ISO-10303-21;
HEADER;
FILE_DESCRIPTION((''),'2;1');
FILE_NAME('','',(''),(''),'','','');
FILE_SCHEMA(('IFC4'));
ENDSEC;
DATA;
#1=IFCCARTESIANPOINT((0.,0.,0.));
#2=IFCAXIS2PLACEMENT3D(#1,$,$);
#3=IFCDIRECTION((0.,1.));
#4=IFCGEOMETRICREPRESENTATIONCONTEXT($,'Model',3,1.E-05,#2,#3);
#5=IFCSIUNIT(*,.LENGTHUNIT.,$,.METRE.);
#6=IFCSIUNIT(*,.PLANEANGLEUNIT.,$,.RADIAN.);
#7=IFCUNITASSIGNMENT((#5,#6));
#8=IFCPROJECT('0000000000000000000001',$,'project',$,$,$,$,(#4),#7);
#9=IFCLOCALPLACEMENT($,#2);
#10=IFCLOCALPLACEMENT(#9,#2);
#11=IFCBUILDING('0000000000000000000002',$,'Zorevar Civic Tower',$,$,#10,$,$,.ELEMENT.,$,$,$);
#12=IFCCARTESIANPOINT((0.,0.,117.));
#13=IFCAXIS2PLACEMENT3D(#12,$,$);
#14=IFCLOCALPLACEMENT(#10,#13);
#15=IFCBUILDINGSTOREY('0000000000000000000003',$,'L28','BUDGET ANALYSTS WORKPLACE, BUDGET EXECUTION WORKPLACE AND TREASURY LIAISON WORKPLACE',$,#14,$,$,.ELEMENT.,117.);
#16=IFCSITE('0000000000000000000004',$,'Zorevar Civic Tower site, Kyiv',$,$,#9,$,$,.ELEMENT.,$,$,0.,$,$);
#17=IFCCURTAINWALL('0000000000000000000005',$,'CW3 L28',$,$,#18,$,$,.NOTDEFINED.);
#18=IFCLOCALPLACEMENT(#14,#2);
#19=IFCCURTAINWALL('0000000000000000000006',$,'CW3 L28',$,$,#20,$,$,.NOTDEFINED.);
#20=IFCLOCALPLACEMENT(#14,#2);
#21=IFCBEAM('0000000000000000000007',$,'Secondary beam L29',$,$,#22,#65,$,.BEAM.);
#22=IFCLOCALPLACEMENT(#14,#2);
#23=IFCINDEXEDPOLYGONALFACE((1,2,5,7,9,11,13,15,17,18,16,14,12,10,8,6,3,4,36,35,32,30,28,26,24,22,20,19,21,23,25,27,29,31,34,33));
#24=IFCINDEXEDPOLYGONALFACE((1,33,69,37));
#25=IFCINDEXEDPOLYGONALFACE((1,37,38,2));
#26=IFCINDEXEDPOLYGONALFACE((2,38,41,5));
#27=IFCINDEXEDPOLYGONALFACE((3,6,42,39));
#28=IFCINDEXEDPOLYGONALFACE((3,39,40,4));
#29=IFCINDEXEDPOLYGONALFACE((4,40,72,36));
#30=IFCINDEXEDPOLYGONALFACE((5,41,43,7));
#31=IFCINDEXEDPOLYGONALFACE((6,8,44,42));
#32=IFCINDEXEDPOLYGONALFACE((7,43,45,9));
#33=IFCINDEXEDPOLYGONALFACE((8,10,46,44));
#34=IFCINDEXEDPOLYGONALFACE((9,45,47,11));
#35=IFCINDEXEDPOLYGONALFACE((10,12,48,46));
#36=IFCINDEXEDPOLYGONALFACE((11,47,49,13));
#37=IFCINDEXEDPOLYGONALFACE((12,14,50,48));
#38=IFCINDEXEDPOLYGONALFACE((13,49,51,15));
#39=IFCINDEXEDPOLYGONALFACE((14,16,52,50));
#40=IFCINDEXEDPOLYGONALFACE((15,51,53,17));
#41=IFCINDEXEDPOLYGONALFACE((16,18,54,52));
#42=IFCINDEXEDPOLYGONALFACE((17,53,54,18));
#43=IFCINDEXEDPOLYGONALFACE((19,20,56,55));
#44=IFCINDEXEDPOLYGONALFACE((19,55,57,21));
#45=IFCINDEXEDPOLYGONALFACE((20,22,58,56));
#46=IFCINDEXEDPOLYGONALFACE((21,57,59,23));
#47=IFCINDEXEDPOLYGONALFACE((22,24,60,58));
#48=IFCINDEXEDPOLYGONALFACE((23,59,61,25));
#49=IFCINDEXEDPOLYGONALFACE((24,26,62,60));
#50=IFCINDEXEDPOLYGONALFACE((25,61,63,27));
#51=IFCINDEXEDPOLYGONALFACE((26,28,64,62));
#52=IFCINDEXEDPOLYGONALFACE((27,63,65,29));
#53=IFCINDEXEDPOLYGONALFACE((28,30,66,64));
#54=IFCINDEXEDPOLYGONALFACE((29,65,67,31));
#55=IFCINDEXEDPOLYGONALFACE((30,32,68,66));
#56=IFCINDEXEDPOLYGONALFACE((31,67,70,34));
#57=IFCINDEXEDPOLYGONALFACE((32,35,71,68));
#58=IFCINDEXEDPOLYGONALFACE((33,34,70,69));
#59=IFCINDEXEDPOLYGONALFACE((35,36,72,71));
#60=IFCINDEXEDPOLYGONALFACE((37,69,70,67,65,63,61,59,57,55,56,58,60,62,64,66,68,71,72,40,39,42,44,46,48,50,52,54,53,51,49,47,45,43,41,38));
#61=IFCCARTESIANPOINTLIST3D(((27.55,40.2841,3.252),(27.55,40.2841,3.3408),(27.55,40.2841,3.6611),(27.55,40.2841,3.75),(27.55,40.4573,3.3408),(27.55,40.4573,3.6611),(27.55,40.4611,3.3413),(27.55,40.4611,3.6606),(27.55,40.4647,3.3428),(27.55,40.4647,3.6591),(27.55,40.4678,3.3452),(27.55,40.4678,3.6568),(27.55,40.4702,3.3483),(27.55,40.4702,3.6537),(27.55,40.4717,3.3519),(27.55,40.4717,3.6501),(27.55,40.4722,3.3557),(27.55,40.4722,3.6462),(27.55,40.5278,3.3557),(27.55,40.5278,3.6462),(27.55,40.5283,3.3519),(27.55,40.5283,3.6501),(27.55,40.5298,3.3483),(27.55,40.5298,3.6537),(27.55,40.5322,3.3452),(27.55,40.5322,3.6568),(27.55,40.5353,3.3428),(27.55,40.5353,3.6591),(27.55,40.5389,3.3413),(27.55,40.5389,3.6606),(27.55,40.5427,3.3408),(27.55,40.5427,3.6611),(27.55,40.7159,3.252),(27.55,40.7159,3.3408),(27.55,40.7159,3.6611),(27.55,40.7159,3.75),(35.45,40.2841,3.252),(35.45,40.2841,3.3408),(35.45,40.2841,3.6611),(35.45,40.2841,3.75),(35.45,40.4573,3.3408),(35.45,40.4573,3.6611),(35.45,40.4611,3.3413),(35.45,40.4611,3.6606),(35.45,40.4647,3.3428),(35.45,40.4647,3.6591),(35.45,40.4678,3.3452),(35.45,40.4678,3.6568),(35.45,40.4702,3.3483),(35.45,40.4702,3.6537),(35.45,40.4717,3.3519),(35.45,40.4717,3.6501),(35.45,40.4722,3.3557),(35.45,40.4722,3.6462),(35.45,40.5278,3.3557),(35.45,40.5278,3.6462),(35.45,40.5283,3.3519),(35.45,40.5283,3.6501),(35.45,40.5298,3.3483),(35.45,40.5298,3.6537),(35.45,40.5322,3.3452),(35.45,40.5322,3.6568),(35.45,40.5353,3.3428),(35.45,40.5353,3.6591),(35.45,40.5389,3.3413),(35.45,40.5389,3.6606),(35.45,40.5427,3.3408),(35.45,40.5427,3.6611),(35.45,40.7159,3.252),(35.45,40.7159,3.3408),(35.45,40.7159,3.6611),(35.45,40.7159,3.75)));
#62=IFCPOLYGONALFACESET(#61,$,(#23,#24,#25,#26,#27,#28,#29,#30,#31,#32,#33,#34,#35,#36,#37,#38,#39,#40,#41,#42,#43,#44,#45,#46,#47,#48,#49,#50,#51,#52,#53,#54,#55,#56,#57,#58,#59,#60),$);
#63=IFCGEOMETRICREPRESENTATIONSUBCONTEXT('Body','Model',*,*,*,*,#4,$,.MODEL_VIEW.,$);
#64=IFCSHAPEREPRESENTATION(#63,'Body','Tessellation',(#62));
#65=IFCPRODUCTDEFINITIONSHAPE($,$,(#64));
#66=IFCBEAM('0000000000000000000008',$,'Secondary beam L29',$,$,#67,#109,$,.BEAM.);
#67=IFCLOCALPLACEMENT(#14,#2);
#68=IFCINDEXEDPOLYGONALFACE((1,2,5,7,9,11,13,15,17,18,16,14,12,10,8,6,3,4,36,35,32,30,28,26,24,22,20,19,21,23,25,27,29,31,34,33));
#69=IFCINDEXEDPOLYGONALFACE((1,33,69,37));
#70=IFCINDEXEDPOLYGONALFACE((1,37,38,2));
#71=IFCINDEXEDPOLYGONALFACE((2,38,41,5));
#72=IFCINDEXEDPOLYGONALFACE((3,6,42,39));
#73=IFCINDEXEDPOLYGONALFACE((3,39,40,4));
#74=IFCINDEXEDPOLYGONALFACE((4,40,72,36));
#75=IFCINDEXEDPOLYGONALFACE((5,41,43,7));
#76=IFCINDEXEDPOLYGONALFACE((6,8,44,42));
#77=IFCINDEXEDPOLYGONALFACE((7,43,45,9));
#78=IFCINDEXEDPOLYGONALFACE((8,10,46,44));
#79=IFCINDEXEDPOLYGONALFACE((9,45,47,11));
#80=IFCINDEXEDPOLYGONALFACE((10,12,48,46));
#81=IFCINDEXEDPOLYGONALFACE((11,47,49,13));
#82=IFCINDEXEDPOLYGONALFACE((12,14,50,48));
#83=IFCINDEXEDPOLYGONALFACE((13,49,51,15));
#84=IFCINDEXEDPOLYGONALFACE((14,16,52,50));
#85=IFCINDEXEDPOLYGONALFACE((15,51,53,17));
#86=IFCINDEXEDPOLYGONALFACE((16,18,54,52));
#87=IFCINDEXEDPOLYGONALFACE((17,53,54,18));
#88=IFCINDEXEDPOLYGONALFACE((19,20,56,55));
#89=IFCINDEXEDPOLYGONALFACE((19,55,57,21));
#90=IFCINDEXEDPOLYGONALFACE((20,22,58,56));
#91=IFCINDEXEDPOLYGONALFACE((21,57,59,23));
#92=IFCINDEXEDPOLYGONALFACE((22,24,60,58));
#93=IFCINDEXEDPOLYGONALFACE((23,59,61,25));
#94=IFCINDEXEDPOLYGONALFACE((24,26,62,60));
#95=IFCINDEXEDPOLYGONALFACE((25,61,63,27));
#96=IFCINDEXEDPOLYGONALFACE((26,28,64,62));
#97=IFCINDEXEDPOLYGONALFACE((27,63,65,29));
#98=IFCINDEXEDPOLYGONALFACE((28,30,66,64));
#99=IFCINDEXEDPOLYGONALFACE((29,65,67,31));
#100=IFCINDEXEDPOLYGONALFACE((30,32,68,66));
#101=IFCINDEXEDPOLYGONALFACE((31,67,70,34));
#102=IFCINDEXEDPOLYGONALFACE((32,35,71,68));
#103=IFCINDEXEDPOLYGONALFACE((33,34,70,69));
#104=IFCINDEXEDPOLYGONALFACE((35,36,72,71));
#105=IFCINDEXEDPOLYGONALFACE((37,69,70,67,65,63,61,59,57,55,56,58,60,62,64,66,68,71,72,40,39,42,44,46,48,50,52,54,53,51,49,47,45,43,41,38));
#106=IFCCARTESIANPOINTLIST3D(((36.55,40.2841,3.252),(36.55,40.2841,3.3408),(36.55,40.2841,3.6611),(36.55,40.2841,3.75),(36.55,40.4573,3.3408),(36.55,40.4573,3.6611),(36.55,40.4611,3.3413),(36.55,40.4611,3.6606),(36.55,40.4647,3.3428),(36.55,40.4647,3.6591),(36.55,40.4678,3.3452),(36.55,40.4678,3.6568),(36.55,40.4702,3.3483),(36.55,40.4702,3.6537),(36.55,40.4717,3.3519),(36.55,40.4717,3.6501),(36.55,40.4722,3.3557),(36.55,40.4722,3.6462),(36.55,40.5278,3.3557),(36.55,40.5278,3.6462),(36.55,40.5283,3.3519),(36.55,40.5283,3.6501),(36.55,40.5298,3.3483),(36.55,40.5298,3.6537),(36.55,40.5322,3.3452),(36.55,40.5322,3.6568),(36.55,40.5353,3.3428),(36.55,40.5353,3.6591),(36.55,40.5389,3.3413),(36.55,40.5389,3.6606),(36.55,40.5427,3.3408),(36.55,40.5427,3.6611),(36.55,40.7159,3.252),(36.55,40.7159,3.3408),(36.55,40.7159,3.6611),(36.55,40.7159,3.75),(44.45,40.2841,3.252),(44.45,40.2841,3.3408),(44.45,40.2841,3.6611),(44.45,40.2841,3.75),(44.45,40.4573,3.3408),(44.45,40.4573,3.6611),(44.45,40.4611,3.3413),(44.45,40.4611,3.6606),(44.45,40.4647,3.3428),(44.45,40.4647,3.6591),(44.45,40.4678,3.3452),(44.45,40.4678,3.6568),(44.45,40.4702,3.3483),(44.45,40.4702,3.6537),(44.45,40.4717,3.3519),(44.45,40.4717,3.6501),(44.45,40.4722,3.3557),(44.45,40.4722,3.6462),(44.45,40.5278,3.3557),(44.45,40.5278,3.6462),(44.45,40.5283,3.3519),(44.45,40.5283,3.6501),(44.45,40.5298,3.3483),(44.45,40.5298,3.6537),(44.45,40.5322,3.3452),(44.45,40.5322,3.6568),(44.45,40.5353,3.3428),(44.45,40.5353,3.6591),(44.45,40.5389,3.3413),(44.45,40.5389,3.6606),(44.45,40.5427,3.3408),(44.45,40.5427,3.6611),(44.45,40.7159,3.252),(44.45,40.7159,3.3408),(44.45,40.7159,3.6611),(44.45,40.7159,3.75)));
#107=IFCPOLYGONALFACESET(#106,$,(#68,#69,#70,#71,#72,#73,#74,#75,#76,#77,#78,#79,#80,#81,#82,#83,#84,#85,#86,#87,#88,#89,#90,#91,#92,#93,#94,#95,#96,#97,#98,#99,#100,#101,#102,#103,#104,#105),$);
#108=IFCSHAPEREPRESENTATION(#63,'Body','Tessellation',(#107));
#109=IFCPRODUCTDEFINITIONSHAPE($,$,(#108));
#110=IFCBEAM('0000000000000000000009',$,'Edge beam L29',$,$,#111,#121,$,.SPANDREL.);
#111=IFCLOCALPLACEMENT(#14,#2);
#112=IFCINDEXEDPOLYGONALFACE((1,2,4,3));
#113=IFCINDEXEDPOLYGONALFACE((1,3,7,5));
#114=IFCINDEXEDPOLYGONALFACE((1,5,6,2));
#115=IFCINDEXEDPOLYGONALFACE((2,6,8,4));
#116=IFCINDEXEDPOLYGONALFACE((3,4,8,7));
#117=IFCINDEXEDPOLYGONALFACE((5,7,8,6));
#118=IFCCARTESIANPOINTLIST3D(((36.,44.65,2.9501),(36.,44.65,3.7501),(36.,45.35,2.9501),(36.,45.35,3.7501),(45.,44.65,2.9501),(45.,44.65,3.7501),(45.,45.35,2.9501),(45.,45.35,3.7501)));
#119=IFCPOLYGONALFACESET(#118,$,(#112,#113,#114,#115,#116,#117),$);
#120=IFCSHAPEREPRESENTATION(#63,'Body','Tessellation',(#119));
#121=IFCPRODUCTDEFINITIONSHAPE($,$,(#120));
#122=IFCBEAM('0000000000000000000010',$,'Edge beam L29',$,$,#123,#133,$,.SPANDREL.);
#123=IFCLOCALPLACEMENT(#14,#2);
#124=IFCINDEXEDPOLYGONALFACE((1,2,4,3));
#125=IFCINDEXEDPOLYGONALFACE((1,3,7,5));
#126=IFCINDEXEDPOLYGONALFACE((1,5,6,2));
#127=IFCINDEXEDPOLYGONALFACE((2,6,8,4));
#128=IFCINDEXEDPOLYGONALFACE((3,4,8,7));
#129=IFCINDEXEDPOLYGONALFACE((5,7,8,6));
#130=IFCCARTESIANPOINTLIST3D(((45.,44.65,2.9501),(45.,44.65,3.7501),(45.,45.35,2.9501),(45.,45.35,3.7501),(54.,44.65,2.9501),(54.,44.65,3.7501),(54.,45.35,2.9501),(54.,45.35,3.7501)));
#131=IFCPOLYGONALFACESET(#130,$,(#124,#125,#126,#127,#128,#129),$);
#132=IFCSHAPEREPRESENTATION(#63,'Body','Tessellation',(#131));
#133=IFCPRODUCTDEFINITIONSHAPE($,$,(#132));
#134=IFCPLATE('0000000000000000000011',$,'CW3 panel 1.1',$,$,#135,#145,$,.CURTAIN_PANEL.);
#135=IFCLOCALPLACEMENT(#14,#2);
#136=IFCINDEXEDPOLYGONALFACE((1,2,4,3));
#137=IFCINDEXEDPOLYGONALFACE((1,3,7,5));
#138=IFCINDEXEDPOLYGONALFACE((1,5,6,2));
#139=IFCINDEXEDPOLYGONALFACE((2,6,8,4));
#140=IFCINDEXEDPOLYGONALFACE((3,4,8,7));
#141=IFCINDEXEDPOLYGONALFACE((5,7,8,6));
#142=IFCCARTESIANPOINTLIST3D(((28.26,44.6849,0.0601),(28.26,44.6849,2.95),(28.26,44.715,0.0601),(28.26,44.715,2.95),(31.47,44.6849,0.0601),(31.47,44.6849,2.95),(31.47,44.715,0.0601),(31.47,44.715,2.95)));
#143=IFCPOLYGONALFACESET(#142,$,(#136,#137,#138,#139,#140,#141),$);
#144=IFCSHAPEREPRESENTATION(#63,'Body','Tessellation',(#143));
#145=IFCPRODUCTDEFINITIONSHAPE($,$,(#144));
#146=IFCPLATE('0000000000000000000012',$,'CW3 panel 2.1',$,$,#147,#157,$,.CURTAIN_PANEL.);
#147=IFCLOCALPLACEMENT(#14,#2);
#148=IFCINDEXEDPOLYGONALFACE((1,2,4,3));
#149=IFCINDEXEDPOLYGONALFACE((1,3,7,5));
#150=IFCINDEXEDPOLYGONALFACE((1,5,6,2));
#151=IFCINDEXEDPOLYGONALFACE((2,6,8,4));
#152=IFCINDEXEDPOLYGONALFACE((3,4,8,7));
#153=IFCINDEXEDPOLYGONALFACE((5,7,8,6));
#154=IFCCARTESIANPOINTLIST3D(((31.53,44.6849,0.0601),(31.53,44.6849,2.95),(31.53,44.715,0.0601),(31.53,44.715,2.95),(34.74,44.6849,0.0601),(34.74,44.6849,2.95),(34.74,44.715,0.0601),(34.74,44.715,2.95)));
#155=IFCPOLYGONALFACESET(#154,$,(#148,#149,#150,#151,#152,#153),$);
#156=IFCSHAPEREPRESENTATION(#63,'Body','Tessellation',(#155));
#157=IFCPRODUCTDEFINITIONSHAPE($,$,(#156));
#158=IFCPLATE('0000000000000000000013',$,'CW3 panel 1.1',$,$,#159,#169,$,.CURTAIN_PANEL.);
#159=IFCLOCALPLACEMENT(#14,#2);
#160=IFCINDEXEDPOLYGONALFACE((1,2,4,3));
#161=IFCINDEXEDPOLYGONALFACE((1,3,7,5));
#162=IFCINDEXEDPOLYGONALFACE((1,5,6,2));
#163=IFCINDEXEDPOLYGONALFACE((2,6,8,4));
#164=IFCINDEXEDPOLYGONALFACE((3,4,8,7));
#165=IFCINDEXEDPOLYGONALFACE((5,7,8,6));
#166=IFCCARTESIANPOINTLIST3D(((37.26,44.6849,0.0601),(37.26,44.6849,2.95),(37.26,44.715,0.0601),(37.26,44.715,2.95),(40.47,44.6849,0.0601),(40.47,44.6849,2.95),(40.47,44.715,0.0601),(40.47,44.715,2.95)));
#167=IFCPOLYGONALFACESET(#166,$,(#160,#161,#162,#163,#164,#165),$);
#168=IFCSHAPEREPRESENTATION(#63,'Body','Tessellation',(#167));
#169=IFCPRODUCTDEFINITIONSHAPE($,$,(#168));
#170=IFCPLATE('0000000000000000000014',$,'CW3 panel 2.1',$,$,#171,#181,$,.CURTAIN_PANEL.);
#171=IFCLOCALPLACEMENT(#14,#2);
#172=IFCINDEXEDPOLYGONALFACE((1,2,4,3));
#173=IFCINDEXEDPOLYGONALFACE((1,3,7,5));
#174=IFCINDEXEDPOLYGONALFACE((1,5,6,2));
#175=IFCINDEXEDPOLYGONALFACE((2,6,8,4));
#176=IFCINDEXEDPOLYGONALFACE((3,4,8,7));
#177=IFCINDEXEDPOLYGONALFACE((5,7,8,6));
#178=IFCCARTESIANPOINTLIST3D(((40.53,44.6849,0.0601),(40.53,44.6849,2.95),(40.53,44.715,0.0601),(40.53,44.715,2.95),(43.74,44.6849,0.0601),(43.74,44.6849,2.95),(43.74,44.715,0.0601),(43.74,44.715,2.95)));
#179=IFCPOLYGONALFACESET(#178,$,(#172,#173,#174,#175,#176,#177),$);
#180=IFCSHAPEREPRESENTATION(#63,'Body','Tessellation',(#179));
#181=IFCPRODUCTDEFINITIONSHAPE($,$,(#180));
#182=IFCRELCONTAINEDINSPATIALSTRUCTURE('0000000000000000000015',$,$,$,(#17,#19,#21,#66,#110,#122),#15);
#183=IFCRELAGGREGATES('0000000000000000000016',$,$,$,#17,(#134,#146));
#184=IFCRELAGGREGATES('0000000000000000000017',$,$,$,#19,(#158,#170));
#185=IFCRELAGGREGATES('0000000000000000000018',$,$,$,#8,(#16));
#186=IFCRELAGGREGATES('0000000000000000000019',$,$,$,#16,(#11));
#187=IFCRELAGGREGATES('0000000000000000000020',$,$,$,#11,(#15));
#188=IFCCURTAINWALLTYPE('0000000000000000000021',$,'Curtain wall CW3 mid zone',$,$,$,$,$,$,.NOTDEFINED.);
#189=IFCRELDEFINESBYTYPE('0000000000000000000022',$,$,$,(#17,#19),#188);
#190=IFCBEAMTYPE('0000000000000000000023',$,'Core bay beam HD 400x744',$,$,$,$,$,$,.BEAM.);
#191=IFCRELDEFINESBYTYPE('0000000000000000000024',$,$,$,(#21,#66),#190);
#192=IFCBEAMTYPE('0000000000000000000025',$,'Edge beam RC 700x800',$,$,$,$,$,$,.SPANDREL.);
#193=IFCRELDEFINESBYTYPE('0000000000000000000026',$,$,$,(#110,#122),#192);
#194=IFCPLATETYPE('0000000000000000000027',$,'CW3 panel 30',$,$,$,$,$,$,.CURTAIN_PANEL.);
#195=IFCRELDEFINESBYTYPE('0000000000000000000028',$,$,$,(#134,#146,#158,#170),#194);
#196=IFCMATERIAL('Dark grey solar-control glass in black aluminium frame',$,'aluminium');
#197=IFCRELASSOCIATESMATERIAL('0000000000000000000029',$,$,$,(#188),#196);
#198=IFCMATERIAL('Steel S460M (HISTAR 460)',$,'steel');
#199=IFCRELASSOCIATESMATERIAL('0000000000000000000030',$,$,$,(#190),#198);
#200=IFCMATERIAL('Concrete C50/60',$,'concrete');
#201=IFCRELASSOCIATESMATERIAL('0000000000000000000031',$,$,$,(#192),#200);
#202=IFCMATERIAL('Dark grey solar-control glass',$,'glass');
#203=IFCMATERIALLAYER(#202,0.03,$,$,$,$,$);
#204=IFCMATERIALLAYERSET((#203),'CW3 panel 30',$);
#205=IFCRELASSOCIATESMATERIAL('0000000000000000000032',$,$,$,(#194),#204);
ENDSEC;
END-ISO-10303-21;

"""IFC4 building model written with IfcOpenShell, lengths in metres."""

from ifc_helpers import new_model, si_unit, direction, frame, origin, origin_2d, place, context, subcontext, project, spatial, rectangle, i_section, extrude, material, layer, layer_set, material_profile, profile_set, type_object, element, aggregate, save


model = new_model("IFC4")

# Units and contexts
model_context = context("Model", 3, precision=1e-05, world=origin(), true_north=direction((0.0, 1.0)))
body_context = subcontext(model_context, "Body", "Model", "MODEL_VIEW")
ifc_project = project(units=[si_unit("LENGTHUNIT", "METRE"), si_unit("PLANEANGLEUNIT", "RADIAN")], contexts=[model_context])

# Site, building, storey
site_placement = place(None, origin())
site = spatial("IfcSite", under=ifc_project, at=site_placement, Name="Zorevar Civic Tower site, Kyiv", CompositionType="ELEMENT", RefElevation=0.0)
building_placement = place(site_placement, origin())
building = spatial("IfcBuilding", under=site, at=building_placement, Name="Zorevar Civic Tower", CompositionType="ELEMENT")
storey_placement = place(building_placement, frame((0.0, 0.0, 117.0)))
storey = spatial("IfcBuildingStorey", under=building, at=storey_placement, Name="L28", Description="BUDGET ANALYSTS WORKPLACE, BUDGET EXECUTION WORKPLACE AND TREASURY LIAISON WORKPLACE", CompositionType="ELEMENT", Elevation=117.0)

# Curtain walls
ifc_material_1 = material(Name="Dark grey solar-control glass in black aluminium frame", Category="aluminium")
curtain_wall_type = type_object("IfcCurtainWallType", Name="Curtain wall CW3 mid zone", PredefinedType="NOTDEFINED", material=ifc_material_1)
curtain_wall_1_placement = place(storey_placement, origin())
curtain_wall_1 = element("IfcCurtainWall", 1, at=curtain_wall_1_placement, inside=storey, type_object=curtain_wall_type, Name="CW3 L28", PredefinedType="NOTDEFINED")
curtain_wall_2_placement = place(storey_placement, origin())
curtain_wall_2 = element("IfcCurtainWall", 2, at=curtain_wall_2_placement, inside=storey, type_object=curtain_wall_type, Name="CW3 L28", PredefinedType="NOTDEFINED")

# Beams
ifc_material_2 = material(Name="Steel S460M (HISTAR 460)", Category="steel")
ifc_material_profile_1 = material_profile(ifc_material_2, i_section(OverallWidth=0.4319, OverallDepth=0.498, WebThickness=0.0557, FlangeThickness=0.0889, FilletRadius=0.0149, at=origin_2d()), Name="HD 400x744")
ifc_profile_set_1 = profile_set([ifc_material_profile_1], Name="Steel S460M (HISTAR 460)")
beam_type_1 = type_object("IfcBeamType", Name="Core bay beam HD 400x744", PredefinedType="BEAM", material=ifc_profile_set_1)
for number, where, z_axis, x_axis, name in (
    (3, (27.55, 40.5, 3.501), (1.0, 0.0, 0.0), (0.0, 1.0, 0.0), "Secondary beam L29"),
    (4, (36.55, 40.5, 3.501), (1.0, 0.0, 0.0), (0.0, 1.0, 0.0), "Secondary beam L29"),
):
    element("IfcBeam", number, at=place(storey_placement, frame(where, z_axis=z_axis, x_axis=x_axis)), inside=storey, type_object=beam_type_1, Name=name, PredefinedType="BEAM", context=body_context, shape_type="SweptSolid", body=[
        extrude(i_section(OverallWidth=0.4319, OverallDepth=0.498, WebThickness=0.0557, FlangeThickness=0.0889, FilletRadius=0.0149, at=origin_2d()), origin(), (0.0, 0.0, 1.0), 7.8999),
    ])
ifc_material_3 = material(Name="Concrete C50/60", Category="concrete")
ifc_material_profile_2 = material_profile(ifc_material_3, rectangle(XDim=0.7, YDim=0.8, at=origin_2d()), Name="RC 700x800")
ifc_profile_set_2 = profile_set([ifc_material_profile_2], Name="Concrete C50/60")
beam_type_2 = type_object("IfcBeamType", Name="Edge beam RC 700x800", PredefinedType="SPANDREL", material=ifc_profile_set_2)
for number, where, z_axis, x_axis, name in (
    (5, (36.0, 45.0, 3.3501), (1.0, 0.0, 0.0), (0.0, 1.0, 0.0), "Edge beam L29"),
    (6, (45.0, 45.0, 3.3501), (1.0, 0.0, 0.0), (0.0, 1.0, 0.0), "Edge beam L29"),
):
    element("IfcBeam", number, at=place(storey_placement, frame(where, z_axis=z_axis, x_axis=x_axis)), inside=storey, type_object=beam_type_2, Name=name, PredefinedType="SPANDREL", context=body_context, shape_type="SweptSolid", body=[
        extrude(rectangle(XDim=0.7, YDim=0.8, at=origin_2d()), origin(), (0.0, 0.0, 1.0), 9.0),
    ])

# Plates
ifc_material_4 = material(Name="Dark grey solar-control glass", Category="glass")
ifc_layer_1 = layer(ifc_material_4, 0.03)
ifc_layer_set_1 = layer_set([ifc_layer_1], Name="CW3 panel 30")
plate_type = type_object("IfcPlateType", Name="CW3 panel 30", PredefinedType="CURTAIN_PANEL", material=ifc_layer_set_1)
plate_1_placement = place(storey_placement, frame((29.865, 44.7, 0.0601), z_axis=(0.0, 0.0, 1.0), x_axis=(1.0, 0.0, 0.0)))
plate_1 = element("IfcPlate", 7, at=plate_1_placement, type_object=plate_type, Name="CW3 panel 1.1", PredefinedType="CURTAIN_PANEL", context=body_context, shape_type="SweptSolid", body=[
    extrude(rectangle(XDim=3.21, YDim=0.03, at=origin_2d()), origin(), (0.0, 0.0, 1.0), 2.8899),
])
plate_2_placement = place(storey_placement, frame((33.135, 44.7, 0.0601), z_axis=(0.0, 0.0, 1.0), x_axis=(1.0, 0.0, 0.0)))
plate_2 = element("IfcPlate", 8, at=plate_2_placement, type_object=plate_type, Name="CW3 panel 2.1", PredefinedType="CURTAIN_PANEL", context=body_context, shape_type="SweptSolid", body=[
    extrude(rectangle(XDim=3.21, YDim=0.03, at=origin_2d()), origin(), (0.0, 0.0, 1.0), 2.8899),
])
aggregate(curtain_wall_1, [plate_1, plate_2])
plate_3_placement = place(storey_placement, frame((38.865, 44.7, 0.0601), z_axis=(0.0, 0.0, 1.0), x_axis=(1.0, 0.0, 0.0)))
plate_3 = element("IfcPlate", 9, at=plate_3_placement, type_object=plate_type, Name="CW3 panel 1.1", PredefinedType="CURTAIN_PANEL", context=body_context, shape_type="SweptSolid", body=[
    extrude(rectangle(XDim=3.21, YDim=0.03, at=origin_2d()), origin(), (0.0, 0.0, 1.0), 2.8899),
])
plate_4_placement = place(storey_placement, frame((42.135, 44.7, 0.0601), z_axis=(0.0, 0.0, 1.0), x_axis=(1.0, 0.0, 0.0)))
plate_4 = element("IfcPlate", 10, at=plate_4_placement, type_object=plate_type, Name="CW3 panel 2.1", PredefinedType="CURTAIN_PANEL", context=body_context, shape_type="SweptSolid", body=[
    extrude(rectangle(XDim=3.21, YDim=0.03, at=origin_2d()), origin(), (0.0, 0.0, 1.0), 2.8899),
])
aggregate(curtain_wall_2, [plate_3, plate_4])

save(model, "model.ifc")
